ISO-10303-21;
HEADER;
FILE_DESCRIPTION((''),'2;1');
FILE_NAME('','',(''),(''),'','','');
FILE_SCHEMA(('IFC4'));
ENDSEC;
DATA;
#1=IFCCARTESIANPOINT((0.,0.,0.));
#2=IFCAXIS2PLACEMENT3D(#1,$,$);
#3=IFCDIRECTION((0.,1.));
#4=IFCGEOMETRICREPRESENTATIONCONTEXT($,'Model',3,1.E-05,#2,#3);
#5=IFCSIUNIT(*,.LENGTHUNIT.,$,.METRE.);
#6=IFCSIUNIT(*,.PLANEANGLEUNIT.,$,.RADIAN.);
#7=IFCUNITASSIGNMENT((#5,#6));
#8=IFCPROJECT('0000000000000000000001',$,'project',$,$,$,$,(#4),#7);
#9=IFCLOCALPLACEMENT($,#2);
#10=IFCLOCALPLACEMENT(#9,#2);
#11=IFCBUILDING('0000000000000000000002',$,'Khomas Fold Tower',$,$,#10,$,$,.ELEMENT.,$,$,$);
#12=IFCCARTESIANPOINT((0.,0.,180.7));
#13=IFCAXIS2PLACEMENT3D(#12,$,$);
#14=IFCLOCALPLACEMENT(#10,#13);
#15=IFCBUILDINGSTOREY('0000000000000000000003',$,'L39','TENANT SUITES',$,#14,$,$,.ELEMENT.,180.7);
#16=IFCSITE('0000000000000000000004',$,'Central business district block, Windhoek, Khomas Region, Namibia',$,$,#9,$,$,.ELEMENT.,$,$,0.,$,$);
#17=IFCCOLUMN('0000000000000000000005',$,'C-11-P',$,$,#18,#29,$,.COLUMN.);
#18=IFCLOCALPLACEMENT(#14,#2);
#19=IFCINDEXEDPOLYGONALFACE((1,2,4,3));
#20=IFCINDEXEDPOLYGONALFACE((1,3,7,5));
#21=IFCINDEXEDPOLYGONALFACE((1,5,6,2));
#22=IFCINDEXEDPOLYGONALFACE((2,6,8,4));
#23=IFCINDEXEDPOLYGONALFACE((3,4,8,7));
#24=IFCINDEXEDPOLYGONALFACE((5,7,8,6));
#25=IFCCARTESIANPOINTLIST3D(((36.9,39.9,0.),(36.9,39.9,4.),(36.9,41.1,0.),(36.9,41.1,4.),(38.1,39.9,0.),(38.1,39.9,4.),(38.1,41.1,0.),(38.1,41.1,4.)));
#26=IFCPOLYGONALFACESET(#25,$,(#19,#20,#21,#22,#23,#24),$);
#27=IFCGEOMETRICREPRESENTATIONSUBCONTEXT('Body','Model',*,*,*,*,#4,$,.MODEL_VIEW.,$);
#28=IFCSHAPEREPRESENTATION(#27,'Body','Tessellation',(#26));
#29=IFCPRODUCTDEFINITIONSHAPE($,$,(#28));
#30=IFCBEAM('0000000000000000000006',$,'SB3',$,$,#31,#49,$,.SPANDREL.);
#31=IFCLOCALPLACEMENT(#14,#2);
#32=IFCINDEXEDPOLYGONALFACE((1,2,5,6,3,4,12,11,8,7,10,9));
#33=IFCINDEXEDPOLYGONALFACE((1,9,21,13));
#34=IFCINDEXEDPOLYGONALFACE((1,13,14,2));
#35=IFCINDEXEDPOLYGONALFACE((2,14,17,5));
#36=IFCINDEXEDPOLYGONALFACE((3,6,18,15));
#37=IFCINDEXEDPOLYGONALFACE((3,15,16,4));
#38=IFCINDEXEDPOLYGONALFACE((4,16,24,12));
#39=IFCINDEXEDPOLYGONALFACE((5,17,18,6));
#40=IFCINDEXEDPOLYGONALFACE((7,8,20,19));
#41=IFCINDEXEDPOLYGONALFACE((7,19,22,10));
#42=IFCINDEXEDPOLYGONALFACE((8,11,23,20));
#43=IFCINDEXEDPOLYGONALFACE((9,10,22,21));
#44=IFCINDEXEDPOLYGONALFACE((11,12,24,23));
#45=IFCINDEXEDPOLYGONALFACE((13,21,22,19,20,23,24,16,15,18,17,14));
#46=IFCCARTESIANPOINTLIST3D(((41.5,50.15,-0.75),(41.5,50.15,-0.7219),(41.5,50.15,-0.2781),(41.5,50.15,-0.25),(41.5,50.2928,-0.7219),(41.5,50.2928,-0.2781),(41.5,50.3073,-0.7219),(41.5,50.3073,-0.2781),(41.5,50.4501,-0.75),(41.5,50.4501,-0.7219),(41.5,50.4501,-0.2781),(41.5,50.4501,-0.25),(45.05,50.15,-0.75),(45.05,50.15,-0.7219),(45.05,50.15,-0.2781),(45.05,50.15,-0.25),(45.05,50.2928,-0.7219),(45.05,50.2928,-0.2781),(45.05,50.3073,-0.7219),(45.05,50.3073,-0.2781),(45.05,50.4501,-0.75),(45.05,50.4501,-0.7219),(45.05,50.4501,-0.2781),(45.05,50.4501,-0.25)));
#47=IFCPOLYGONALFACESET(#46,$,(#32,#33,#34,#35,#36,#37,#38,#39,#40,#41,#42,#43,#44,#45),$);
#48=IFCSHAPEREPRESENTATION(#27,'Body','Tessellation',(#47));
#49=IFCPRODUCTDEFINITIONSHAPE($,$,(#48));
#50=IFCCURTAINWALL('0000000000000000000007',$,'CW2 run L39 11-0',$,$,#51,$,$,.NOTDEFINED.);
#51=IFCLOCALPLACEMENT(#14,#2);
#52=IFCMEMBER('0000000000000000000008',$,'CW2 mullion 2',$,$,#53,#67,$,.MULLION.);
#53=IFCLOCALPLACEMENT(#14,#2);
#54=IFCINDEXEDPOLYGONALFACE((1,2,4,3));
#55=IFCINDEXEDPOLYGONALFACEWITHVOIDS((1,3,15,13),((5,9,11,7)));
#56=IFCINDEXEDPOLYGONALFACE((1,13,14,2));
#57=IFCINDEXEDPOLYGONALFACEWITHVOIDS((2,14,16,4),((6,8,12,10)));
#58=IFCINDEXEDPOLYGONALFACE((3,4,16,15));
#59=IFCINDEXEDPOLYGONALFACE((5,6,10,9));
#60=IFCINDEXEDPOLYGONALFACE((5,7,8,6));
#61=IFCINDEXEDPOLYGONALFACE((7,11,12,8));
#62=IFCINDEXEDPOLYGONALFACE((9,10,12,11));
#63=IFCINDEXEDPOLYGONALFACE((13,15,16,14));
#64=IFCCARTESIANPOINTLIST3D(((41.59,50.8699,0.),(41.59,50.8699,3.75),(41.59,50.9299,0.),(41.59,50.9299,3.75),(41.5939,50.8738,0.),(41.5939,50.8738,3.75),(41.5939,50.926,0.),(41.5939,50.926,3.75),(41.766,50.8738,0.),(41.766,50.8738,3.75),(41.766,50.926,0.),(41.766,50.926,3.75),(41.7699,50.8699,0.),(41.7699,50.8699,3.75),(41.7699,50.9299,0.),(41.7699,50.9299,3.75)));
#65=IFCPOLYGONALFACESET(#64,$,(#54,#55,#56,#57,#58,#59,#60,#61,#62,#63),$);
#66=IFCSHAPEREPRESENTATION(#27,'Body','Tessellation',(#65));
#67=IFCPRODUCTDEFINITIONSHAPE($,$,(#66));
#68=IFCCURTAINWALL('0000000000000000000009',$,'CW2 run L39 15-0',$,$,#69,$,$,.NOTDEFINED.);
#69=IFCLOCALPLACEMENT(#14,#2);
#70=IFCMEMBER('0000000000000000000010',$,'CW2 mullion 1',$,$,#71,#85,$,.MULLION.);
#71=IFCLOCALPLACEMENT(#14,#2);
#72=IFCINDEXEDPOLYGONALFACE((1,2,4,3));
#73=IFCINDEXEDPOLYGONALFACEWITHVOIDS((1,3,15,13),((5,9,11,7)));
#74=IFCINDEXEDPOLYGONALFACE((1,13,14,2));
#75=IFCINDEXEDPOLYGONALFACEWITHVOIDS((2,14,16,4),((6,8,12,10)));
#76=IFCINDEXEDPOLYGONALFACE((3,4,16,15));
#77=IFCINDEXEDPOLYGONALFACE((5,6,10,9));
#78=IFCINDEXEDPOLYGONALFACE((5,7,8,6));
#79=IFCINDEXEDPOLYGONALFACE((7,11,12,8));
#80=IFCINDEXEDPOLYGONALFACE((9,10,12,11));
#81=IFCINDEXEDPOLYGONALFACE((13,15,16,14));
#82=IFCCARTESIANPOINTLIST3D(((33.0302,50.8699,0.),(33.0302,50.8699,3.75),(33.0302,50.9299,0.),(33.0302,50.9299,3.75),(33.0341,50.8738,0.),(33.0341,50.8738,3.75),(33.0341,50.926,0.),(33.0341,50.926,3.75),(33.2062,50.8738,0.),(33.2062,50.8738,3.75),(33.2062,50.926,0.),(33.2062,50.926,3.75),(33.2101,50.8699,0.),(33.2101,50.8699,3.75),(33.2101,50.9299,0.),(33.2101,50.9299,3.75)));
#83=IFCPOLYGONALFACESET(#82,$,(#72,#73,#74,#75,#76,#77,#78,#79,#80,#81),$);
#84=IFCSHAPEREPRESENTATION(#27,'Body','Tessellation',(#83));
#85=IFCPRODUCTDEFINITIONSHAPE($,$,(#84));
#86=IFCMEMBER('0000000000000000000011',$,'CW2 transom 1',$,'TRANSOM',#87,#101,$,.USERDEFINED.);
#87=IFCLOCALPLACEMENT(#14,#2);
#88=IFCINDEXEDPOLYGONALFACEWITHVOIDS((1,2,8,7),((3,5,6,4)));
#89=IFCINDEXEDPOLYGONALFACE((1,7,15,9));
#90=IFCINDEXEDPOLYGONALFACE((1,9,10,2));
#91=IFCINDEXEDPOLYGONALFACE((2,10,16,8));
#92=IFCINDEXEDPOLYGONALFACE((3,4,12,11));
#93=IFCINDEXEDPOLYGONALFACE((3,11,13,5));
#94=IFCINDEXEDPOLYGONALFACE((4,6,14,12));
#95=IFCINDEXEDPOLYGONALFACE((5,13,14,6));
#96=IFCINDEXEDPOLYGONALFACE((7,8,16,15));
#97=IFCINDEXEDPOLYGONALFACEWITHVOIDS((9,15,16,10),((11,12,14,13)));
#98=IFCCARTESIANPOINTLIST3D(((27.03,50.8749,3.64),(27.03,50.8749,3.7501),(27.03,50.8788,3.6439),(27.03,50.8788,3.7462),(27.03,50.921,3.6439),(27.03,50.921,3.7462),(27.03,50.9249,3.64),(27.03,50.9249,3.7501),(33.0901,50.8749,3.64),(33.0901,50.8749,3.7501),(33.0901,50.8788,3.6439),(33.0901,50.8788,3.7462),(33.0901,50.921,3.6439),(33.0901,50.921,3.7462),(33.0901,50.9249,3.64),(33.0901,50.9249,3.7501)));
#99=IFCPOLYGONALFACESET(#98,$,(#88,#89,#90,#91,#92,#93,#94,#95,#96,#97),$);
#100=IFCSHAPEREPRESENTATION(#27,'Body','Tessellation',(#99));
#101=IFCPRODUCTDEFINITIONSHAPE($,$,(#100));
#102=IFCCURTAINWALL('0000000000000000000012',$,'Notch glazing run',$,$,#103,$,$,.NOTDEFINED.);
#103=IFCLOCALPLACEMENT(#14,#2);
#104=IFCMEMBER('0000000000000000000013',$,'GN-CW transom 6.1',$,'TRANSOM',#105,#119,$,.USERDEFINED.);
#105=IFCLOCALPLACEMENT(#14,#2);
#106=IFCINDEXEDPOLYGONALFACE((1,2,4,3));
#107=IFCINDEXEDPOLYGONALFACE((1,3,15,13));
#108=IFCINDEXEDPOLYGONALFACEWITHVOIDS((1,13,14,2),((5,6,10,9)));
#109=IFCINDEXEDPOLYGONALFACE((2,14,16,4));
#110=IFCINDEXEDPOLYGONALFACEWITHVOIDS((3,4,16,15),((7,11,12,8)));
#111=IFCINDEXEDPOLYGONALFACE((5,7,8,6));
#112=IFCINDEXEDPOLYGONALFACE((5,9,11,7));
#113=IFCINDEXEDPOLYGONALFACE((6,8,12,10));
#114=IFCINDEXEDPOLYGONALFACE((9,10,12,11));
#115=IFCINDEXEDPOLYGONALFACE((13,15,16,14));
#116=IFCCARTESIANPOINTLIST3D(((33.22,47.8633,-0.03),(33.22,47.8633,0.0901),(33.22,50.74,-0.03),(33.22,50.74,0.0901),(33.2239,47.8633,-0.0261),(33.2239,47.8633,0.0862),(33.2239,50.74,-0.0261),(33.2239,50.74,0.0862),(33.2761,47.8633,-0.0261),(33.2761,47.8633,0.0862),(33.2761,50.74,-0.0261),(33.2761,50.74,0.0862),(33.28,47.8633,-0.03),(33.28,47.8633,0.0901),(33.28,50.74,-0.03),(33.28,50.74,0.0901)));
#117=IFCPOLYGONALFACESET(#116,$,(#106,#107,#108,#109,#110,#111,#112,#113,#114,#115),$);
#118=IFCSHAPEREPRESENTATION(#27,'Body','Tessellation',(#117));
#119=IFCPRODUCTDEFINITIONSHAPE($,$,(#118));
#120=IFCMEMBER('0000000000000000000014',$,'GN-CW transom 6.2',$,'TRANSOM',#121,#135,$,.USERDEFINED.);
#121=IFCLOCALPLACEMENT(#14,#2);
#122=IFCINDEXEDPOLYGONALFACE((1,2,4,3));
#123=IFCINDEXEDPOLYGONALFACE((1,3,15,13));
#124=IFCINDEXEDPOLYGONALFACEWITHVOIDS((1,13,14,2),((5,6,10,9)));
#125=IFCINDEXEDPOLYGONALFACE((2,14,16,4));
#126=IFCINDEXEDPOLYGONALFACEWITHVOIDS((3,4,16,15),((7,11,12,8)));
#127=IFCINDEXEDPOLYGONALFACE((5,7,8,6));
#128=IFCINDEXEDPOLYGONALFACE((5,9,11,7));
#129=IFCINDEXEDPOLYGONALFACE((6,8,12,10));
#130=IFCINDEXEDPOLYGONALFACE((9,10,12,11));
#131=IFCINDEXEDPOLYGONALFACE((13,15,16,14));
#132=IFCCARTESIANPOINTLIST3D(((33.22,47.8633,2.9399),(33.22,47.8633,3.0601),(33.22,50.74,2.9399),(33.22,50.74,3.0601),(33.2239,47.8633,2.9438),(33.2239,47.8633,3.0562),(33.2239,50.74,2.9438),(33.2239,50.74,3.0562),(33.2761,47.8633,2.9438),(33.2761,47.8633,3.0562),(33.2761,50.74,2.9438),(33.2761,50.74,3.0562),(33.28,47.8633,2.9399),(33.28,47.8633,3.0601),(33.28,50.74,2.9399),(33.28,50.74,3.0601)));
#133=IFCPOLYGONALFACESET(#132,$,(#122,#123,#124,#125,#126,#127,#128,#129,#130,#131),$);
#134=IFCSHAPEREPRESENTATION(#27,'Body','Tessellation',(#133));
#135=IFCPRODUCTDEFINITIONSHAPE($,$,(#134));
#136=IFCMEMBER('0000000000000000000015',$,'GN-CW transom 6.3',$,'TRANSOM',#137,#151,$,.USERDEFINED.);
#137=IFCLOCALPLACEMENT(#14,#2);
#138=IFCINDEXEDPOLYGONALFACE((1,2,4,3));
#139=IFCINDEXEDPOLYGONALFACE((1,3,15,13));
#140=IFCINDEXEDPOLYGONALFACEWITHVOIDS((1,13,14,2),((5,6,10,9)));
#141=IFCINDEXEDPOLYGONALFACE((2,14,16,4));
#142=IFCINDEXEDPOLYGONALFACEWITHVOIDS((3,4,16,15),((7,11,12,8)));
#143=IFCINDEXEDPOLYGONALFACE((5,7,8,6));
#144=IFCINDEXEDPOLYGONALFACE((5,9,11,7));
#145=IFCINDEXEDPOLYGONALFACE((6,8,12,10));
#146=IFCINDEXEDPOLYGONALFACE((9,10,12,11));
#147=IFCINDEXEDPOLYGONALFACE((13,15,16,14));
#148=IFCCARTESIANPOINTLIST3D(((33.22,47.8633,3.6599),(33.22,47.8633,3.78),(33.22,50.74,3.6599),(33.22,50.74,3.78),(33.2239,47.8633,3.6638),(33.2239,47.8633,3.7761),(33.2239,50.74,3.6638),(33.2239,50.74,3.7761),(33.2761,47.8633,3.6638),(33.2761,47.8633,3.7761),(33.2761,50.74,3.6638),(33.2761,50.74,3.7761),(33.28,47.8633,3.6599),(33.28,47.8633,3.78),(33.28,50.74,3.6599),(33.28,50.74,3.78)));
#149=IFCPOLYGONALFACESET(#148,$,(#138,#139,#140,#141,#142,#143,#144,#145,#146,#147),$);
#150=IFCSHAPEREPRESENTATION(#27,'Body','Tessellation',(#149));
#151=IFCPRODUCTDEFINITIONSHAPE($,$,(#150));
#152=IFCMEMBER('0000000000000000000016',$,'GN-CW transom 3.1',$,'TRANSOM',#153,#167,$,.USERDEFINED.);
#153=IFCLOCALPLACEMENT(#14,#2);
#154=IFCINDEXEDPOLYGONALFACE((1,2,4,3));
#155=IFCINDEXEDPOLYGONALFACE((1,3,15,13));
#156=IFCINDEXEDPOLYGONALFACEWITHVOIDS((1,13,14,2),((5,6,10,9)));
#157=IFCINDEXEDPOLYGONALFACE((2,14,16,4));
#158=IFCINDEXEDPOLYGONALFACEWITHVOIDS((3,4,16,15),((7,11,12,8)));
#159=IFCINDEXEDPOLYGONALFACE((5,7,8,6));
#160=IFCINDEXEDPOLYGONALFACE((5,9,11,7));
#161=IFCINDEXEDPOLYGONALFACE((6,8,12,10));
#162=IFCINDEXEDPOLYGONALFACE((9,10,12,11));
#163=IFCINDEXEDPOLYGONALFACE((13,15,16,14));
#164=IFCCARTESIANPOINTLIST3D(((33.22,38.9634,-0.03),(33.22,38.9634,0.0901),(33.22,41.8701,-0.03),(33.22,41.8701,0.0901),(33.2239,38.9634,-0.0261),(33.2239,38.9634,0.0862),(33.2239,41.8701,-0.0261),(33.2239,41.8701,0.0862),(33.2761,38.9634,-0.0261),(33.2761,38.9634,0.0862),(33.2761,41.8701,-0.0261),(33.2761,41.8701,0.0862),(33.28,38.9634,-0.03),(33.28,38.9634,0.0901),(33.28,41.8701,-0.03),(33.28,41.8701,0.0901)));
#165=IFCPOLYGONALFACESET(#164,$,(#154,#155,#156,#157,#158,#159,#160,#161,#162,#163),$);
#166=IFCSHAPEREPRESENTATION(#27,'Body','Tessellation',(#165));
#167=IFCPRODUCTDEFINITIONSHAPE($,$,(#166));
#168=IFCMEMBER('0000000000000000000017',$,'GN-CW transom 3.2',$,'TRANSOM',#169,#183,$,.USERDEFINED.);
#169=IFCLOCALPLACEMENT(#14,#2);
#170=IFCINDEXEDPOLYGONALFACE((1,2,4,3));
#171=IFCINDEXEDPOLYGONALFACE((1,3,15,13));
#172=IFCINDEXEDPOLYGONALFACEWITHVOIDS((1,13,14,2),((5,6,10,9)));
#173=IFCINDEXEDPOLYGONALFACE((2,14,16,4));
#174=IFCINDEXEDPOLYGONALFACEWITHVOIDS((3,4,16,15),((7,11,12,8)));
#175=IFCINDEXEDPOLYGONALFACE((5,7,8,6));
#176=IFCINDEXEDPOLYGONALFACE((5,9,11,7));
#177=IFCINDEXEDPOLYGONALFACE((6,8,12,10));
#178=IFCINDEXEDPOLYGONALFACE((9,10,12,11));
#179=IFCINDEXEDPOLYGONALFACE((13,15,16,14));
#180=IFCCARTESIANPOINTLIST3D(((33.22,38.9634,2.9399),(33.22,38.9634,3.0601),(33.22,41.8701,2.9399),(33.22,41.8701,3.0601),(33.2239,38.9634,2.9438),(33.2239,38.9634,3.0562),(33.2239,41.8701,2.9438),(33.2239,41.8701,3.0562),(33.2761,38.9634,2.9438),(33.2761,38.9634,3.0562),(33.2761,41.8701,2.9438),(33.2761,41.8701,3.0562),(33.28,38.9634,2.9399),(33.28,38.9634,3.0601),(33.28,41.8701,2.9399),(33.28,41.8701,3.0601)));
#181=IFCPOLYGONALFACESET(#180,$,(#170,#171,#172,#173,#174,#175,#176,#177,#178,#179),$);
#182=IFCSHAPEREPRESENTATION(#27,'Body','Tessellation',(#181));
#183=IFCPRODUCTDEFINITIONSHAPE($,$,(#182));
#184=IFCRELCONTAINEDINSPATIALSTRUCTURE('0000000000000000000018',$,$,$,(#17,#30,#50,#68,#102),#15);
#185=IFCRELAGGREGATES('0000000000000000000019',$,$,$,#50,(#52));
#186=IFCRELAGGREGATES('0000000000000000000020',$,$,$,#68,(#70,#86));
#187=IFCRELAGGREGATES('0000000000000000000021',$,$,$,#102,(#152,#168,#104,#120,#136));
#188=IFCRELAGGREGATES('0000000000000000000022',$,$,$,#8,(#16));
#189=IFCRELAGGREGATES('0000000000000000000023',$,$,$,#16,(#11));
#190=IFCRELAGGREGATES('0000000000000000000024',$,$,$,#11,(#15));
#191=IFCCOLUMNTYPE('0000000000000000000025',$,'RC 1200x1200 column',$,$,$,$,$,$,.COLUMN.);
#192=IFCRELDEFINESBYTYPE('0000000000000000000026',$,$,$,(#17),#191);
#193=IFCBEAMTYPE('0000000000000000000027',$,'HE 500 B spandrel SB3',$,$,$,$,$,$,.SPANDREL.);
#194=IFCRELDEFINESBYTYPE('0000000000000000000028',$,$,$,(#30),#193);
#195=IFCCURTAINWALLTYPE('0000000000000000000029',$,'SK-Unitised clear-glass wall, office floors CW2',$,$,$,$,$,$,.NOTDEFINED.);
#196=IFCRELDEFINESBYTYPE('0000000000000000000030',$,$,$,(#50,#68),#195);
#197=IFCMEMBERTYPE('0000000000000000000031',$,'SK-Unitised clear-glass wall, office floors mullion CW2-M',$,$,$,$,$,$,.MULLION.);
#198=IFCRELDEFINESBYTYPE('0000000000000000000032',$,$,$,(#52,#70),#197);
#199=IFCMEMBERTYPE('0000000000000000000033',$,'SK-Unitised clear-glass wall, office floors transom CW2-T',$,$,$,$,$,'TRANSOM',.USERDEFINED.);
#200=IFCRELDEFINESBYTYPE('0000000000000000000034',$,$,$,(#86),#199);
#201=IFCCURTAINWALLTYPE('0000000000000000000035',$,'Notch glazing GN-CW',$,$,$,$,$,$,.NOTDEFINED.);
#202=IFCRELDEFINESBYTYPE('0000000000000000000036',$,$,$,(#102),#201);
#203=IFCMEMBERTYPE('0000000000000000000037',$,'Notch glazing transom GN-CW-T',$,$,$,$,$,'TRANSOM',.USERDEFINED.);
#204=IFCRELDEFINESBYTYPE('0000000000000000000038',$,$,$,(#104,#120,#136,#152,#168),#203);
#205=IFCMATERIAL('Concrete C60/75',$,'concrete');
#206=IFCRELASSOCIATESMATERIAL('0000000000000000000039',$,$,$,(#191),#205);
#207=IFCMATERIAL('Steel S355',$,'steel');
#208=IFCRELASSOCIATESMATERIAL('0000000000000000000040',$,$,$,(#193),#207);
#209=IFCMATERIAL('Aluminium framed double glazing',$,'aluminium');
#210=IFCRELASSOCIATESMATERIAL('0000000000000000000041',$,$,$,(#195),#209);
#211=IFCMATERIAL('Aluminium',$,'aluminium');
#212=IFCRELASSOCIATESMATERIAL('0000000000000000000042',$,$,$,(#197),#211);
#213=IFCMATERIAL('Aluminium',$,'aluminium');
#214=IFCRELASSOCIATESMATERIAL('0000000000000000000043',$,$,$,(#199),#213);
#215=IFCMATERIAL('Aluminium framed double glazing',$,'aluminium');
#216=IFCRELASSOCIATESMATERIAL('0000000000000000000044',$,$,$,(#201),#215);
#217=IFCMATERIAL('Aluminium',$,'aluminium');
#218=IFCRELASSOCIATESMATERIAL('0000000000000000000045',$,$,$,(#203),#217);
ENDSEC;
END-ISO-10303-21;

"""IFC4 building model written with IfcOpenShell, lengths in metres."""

from ifc_helpers import new_model, si_unit, direction, frame, origin, origin_2d, place, context, subcontext, project, spatial, rectangle, hollow_rectangle, i_section, extrude, source, transform, mapped, material, material_profile, profile_set, type_object, element, aggregate, save


model = new_model("IFC4")

# Units and contexts
model_context = context("Model", 3, precision=1e-05, world=origin(), true_north=direction((0.0, 1.0)))
body_context = subcontext(model_context, "Body", "Model", "MODEL_VIEW")
ifc_project = project(units=[si_unit("LENGTHUNIT", "METRE"), si_unit("PLANEANGLEUNIT", "RADIAN")], contexts=[model_context])

# Site, building, storey
site_placement = place(None, origin())
site = spatial("IfcSite", under=ifc_project, at=site_placement, Name="Central business district block, Windhoek, Khomas Region, Namibia", CompositionType="ELEMENT", RefElevation=0.0)
building_placement = place(site_placement, origin())
building = spatial("IfcBuilding", under=site, at=building_placement, Name="Khomas Fold Tower", CompositionType="ELEMENT")
storey_placement = place(building_placement, frame((0.0, 0.0, 180.7)))
storey = spatial("IfcBuildingStorey", under=building, at=storey_placement, Name="L39", Description="TENANT SUITES", CompositionType="ELEMENT", Elevation=180.7)

# Column
ifc_material_1 = material(Name="Concrete C60/75", Category="concrete")
ifc_material_profile_1 = material_profile(ifc_material_1, rectangle(XDim=1.2, YDim=1.2, at=origin_2d()), Name="RC 1200x1200")
ifc_profile_set_1 = profile_set([ifc_material_profile_1], Name="Concrete C60/75")
column_type = type_object("IfcColumnType", Name="RC 1200x1200 column", PredefinedType="COLUMN", material=ifc_profile_set_1)
shared_shape_1 = source(origin(), body_context, "Body", "SweptSolid", [
    extrude(rectangle(XDim=1.2, YDim=1.2, at=origin_2d()), origin(), (0.0, 0.0, 1.0), 4.0),
])
column_placement = place(storey_placement, frame((37.5, 40.5, 0.0), z_axis=(0.0, 0.0, 1.0), x_axis=(1.0, 0.0, 0.0)))
element("IfcColumn", 1, at=column_placement, inside=storey, type_object=column_type, Name="C-11-P", PredefinedType="COLUMN", context=body_context, shape_type="MappedRepresentation", body=[
    mapped(shared_shape_1, transform((0.0, 0.0, 0.0))),
])

# Beam
ifc_material_2 = material(Name="Steel S355", Category="steel")
ifc_material_profile_2 = material_profile(ifc_material_2, i_section(OverallWidth=0.3, OverallDepth=0.5, WebThickness=0.0144, FlangeThickness=0.0281, at=origin_2d()), Name="HE 500 B")
ifc_profile_set_2 = profile_set([ifc_material_profile_2], Name="Steel S355")
beam_type = type_object("IfcBeamType", Name="HE 500 B spandrel SB3", PredefinedType="SPANDREL", material=ifc_profile_set_2)
shared_shape_2 = source(origin(), body_context, "Body", "SweptSolid", [
    extrude(i_section(OverallWidth=0.3, OverallDepth=0.5, WebThickness=0.0144, FlangeThickness=0.0281, at=origin_2d()), origin(), (0.0, 0.0, 1.0), 3.55),
])
beam_placement = place(storey_placement, frame((41.5, 50.3, -0.5), z_axis=(1.0, 0.0, 0.0), x_axis=(0.0, 1.0, 0.0)))
element("IfcBeam", 2, at=beam_placement, inside=storey, type_object=beam_type, Name="SB3", PredefinedType="SPANDREL", context=body_context, shape_type="MappedRepresentation", body=[
    mapped(shared_shape_2, transform((0.0, 0.0, 0.0))),
])

# Curtain wall, member
ifc_material_3 = material(Name="Aluminium framed double glazing", Category="aluminium")
curtain_wall_type_1 = type_object("IfcCurtainWallType", Name="SK-Unitised clear-glass wall, office floors CW2", PredefinedType="NOTDEFINED", material=ifc_material_3)
curtain_wall_1_placement = place(storey_placement, origin())
curtain_wall_1 = element("IfcCurtainWall", 3, at=curtain_wall_1_placement, inside=storey, type_object=curtain_wall_type_1, Name="CW2 run L39 11-0", PredefinedType="NOTDEFINED")
ifc_material_4 = material(Name="Aluminium", Category="aluminium")
ifc_material_profile_3 = material_profile(ifc_material_4, hollow_rectangle(XDim=0.0601, YDim=0.1799, WallThickness=0.0039, at=origin_2d()), Name="SK-Unitised clear-glass wall, office floors mullion CW2-M")
ifc_profile_set_3 = profile_set([ifc_material_profile_3], Name="Aluminium")
member_type_1 = type_object("IfcMemberType", Name="SK-Unitised clear-glass wall, office floors mullion CW2-M", PredefinedType="MULLION", material=ifc_profile_set_3)
shared_shape_3 = source(origin(), body_context, "Body", "SweptSolid", [
    extrude(hollow_rectangle(XDim=0.0601, YDim=0.1799, WallThickness=0.0039, at=origin_2d()), origin(), (0.0, 0.0, 1.0), 3.75),
])
member_1_placement = place(storey_placement, frame((41.6799, 50.8999, 0.0), z_axis=(0.0, 0.0, 1.0), x_axis=(0.0, -1.0, 0.0)))
member_1 = element("IfcMember", 4, at=member_1_placement, type_object=member_type_1, Name="CW2 mullion 2", PredefinedType="MULLION", context=body_context, shape_type="MappedRepresentation", body=[
    mapped(shared_shape_3, transform((0.0, 0.0, 0.0))),
])
aggregate(curtain_wall_1, [member_1])

# Curtain walls, members
curtain_wall_2_placement = place(storey_placement, origin())
curtain_wall_2 = element("IfcCurtainWall", 5, at=curtain_wall_2_placement, inside=storey, type_object=curtain_wall_type_1, Name="CW2 run L39 15-0", PredefinedType="NOTDEFINED")
member_2_placement = place(storey_placement, frame((33.1201, 50.8999, 0.0), z_axis=(0.0, 0.0, 1.0), x_axis=(0.0, -1.0, 0.0)))
member_2 = element("IfcMember", 6, at=member_2_placement, type_object=member_type_1, Name="CW2 mullion 1", PredefinedType="MULLION", context=body_context, shape_type="MappedRepresentation", body=[
    mapped(shared_shape_3, transform((0.0, 0.0, 0.0))),
])
ifc_material_5 = material(Name="Aluminium", Category="aluminium")
ifc_material_profile_4 = material_profile(ifc_material_5, hollow_rectangle(XDim=0.05, YDim=0.1101, WallThickness=0.0039, at=origin_2d()), Name="SK-Unitised clear-glass wall, office floors transom CW2-T")
ifc_profile_set_4 = profile_set([ifc_material_profile_4], Name="Aluminium")
member_type_2 = type_object("IfcMemberType", Name="SK-Unitised clear-glass wall, office floors transom CW2-T", ElementType="TRANSOM", PredefinedType="USERDEFINED", material=ifc_profile_set_4)
shared_shape_4 = source(origin(), body_context, "Body", "SweptSolid", [
    extrude(hollow_rectangle(XDim=0.05, YDim=0.1101, WallThickness=0.0039, at=origin_2d()), origin(), (0.0, 0.0, 1.0), 6.0601),
])
member_3_placement = place(storey_placement, frame((33.0901, 50.8999, 3.6951), z_axis=(-1.0, 0.0, 0.0), x_axis=(0.0, -1.0, 0.0)))
member_3 = element("IfcMember", 7, at=member_3_placement, type_object=member_type_2, Name="CW2 transom 1", ObjectType="TRANSOM", PredefinedType="USERDEFINED", context=body_context, shape_type="MappedRepresentation", body=[
    mapped(shared_shape_4, transform((0.0, 0.0, 0.0))),
])
ifc_material_6 = material(Name="Aluminium framed double glazing", Category="aluminium")
curtain_wall_type_2 = type_object("IfcCurtainWallType", Name="Notch glazing GN-CW", PredefinedType="NOTDEFINED", material=ifc_material_6)
curtain_wall_3_placement = place(storey_placement, origin())
curtain_wall_3 = element("IfcCurtainWall", 8, at=curtain_wall_3_placement, inside=storey, type_object=curtain_wall_type_2, Name="Notch glazing run", PredefinedType="NOTDEFINED")
ifc_material_7 = material(Name="Aluminium", Category="aluminium")
ifc_material_profile_5 = material_profile(ifc_material_7, hollow_rectangle(XDim=0.0601, YDim=0.1201, WallThickness=0.0039, at=origin_2d()), Name="Notch glazing transom GN-CW-T")
ifc_profile_set_5 = profile_set([ifc_material_profile_5], Name="Aluminium")
member_type_3 = type_object("IfcMemberType", Name="Notch glazing transom GN-CW-T", ElementType="TRANSOM", PredefinedType="USERDEFINED", material=ifc_profile_set_5)
shared_shape_5 = source(origin(), body_context, "Body", "SweptSolid", [
    extrude(hollow_rectangle(XDim=0.0601, YDim=0.1201, WallThickness=0.0039, at=origin_2d()), origin(), (0.0, 0.0, 1.0), 2.8767),
])
member_4_placement = place(storey_placement, frame((33.25, 47.8633, 0.03), z_axis=(0.0, 1.0, 0.0), x_axis=(-1.0, 0.0, 0.0)))
member_4 = element("IfcMember", 9, at=member_4_placement, type_object=member_type_3, Name="GN-CW transom 6.1", ObjectType="TRANSOM", PredefinedType="USERDEFINED", context=body_context, shape_type="MappedRepresentation", body=[
    mapped(shared_shape_5, transform((0.0, 0.0, 0.0))),
])
member_5_placement = place(storey_placement, frame((33.25, 47.8633, 3.0), z_axis=(0.0, 1.0, 0.0), x_axis=(-1.0, 0.0, 0.0)))
member_5 = element("IfcMember", 10, at=member_5_placement, type_object=member_type_3, Name="GN-CW transom 6.2", ObjectType="TRANSOM", PredefinedType="USERDEFINED", context=body_context, shape_type="MappedRepresentation", body=[
    mapped(shared_shape_5, transform((0.0, 0.0, 0.0))),
])
member_6_placement = place(storey_placement, frame((33.25, 47.8633, 3.72), z_axis=(0.0, 1.0, 0.0), x_axis=(-1.0, 0.0, 0.0)))
member_6 = element("IfcMember", 11, at=member_6_placement, type_object=member_type_3, Name="GN-CW transom 6.3", ObjectType="TRANSOM", PredefinedType="USERDEFINED", context=body_context, shape_type="MappedRepresentation", body=[
    mapped(shared_shape_5, transform((0.0, 0.0, 0.0))),
])
shared_shape_6 = source(origin(), body_context, "Body", "SweptSolid", [
    extrude(hollow_rectangle(XDim=0.0601, YDim=0.1201, WallThickness=0.0039, at=origin_2d()), origin(), (0.0, 0.0, 1.0), 2.9067),
])
member_7_placement = place(storey_placement, frame((33.25, 38.9634, 0.03), z_axis=(0.0, 1.0, 0.0), x_axis=(-1.0, 0.0, 0.0)))
member_7 = element("IfcMember", 12, at=member_7_placement, type_object=member_type_3, Name="GN-CW transom 3.1", ObjectType="TRANSOM", PredefinedType="USERDEFINED", context=body_context, shape_type="MappedRepresentation", body=[
    mapped(shared_shape_6, transform((0.0, 0.0, 0.0))),
])
member_8_placement = place(storey_placement, frame((33.25, 38.9634, 3.0), z_axis=(0.0, 1.0, 0.0), x_axis=(-1.0, 0.0, 0.0)))
member_8 = element("IfcMember", 13, at=member_8_placement, type_object=member_type_3, Name="GN-CW transom 3.2", ObjectType="TRANSOM", PredefinedType="USERDEFINED", context=body_context, shape_type="MappedRepresentation", body=[
    mapped(shared_shape_6, transform((0.0, 0.0, 0.0))),
])

aggregate(curtain_wall_2, [member_2, member_3])
aggregate(curtain_wall_3, [member_7, member_8, member_4, member_5, member_6])

save(model, "model.ifc")
